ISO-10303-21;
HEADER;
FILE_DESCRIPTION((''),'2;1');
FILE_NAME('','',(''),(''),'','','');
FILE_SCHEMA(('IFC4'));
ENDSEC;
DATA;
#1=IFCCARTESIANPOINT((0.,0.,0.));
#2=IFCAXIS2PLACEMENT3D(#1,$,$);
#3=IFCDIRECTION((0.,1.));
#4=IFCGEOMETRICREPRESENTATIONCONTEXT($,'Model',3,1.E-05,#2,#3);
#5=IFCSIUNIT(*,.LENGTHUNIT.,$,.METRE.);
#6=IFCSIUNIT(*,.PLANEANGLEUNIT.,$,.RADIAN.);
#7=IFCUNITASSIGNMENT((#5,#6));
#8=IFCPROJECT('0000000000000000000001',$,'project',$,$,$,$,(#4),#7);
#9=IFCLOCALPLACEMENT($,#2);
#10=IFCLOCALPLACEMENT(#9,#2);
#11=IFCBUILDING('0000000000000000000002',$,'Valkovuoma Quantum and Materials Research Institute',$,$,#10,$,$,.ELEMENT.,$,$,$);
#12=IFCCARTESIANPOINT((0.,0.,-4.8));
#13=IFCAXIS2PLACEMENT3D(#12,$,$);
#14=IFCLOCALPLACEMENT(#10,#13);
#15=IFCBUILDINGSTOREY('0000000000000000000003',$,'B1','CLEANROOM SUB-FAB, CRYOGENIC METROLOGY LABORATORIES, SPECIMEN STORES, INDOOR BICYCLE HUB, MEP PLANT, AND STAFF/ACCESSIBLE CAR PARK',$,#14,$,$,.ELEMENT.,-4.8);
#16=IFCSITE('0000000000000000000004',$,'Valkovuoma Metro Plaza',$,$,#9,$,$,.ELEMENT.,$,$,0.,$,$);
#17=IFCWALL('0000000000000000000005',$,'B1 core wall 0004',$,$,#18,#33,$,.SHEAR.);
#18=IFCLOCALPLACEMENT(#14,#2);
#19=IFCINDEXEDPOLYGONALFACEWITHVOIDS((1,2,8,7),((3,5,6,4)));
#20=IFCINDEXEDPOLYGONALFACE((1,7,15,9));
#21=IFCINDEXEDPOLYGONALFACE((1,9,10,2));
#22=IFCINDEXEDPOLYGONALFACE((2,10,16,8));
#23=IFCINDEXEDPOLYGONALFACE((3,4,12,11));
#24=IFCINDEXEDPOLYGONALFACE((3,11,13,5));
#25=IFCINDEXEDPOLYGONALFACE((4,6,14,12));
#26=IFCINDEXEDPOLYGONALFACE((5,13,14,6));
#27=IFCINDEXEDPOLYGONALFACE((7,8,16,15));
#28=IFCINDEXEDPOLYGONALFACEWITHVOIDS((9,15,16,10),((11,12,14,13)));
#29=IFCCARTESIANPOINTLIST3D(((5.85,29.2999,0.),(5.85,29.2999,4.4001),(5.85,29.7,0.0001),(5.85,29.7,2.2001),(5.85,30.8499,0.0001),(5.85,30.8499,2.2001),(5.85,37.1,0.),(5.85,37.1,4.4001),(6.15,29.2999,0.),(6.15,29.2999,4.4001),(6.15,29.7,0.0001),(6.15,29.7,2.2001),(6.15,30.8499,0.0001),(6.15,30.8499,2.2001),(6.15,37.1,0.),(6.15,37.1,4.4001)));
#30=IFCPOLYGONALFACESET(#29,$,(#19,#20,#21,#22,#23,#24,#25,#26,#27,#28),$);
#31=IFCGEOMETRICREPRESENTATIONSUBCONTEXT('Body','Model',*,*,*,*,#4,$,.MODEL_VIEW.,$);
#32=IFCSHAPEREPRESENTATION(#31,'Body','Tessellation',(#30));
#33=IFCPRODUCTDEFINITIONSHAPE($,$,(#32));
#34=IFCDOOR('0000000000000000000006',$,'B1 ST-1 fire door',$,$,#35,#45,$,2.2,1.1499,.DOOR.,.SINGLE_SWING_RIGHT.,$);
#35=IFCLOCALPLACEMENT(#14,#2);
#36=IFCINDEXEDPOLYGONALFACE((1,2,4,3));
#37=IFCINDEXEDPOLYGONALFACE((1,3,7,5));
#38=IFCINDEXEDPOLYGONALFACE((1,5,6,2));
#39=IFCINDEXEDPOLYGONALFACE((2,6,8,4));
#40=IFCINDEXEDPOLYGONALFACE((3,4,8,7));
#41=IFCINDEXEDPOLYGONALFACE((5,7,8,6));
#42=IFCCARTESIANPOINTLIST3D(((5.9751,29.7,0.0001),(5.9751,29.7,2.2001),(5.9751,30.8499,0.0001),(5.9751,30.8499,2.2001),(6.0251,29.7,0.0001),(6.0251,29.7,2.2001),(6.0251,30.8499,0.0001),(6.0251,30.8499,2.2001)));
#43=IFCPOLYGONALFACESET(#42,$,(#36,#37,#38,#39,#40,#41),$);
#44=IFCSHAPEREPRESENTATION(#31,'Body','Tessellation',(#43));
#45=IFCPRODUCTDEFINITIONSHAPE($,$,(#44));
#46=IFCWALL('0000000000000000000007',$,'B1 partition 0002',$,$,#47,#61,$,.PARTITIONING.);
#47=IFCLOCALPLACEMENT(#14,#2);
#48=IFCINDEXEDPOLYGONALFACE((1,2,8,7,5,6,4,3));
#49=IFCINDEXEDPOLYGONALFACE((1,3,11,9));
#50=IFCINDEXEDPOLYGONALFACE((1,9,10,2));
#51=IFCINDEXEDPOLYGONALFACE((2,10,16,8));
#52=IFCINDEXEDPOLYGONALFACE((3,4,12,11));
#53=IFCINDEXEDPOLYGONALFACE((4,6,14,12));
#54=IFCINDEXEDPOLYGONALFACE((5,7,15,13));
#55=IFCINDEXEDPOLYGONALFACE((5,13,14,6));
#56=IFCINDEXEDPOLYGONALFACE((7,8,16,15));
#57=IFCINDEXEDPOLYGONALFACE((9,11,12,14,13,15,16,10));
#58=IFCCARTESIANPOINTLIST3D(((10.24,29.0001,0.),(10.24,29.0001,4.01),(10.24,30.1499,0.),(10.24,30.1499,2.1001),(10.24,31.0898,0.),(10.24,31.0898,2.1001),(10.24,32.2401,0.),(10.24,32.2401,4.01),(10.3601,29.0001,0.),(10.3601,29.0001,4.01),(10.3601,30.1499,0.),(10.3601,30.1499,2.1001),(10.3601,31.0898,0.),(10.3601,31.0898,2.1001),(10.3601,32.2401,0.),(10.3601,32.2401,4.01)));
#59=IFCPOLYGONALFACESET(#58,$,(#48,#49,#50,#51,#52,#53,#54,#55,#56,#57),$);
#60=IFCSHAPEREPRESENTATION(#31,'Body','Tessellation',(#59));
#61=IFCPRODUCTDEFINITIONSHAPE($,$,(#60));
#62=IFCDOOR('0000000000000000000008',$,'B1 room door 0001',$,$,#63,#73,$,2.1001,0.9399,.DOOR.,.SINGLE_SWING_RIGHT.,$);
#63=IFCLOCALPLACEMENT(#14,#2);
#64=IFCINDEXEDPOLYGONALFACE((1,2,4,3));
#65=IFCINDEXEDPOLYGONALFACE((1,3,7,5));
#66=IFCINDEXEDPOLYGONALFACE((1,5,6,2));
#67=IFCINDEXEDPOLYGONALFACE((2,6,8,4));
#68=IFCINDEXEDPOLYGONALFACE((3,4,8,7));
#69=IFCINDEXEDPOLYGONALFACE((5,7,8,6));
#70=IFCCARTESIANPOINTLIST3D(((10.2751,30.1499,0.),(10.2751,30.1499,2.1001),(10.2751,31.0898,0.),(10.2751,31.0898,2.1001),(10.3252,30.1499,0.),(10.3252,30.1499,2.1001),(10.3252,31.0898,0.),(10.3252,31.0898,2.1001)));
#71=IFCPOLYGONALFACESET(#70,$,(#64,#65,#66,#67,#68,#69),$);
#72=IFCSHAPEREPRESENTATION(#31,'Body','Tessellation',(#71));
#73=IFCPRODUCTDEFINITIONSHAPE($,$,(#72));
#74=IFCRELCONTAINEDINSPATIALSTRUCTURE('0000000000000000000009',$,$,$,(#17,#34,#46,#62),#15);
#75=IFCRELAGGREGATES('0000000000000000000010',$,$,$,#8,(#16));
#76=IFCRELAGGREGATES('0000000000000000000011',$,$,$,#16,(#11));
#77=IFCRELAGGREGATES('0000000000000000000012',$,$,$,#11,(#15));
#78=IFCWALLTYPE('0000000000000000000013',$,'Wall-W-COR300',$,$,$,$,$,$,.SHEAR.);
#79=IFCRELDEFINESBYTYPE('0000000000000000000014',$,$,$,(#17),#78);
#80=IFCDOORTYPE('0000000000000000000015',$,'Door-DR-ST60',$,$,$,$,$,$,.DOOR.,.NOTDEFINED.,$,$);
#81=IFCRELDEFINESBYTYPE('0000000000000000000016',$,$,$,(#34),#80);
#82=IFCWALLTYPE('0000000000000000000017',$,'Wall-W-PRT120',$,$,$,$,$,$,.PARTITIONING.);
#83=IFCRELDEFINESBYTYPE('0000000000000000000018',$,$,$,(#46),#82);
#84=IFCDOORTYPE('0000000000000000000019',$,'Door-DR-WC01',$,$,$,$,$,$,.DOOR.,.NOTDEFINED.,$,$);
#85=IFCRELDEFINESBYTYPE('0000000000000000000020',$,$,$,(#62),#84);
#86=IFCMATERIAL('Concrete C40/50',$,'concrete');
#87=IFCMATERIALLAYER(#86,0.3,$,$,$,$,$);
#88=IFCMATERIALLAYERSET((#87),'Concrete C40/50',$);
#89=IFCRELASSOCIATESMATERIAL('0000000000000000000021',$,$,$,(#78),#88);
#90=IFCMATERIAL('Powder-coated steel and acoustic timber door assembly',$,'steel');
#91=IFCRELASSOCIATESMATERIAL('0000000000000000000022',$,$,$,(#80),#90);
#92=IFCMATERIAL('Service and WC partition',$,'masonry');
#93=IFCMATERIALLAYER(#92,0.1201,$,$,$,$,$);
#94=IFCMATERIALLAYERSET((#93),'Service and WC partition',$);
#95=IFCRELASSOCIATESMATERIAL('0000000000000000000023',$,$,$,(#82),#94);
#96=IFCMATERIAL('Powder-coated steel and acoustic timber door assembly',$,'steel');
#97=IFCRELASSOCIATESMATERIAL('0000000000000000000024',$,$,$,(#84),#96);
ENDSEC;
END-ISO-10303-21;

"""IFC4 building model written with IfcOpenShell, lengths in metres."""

from ifc_helpers import new_model, si_unit, direction, frame, frame_2d, origin, place, context, subcontext, project, spatial, rectangle, extrude, material, layer, layer_set, type_object, element, fill, save


model = new_model("IFC4")

# Units and contexts
model_context = context("Model", 3, precision=1e-05, world=origin(), true_north=direction((0.0, 1.0)))
body_context = subcontext(model_context, "Body", "Model", "MODEL_VIEW")
ifc_project = project(units=[si_unit("LENGTHUNIT", "METRE"), si_unit("PLANEANGLEUNIT", "RADIAN")], contexts=[model_context])

# Site, building, storey
site_placement = place(None, origin())
site = spatial("IfcSite", under=ifc_project, at=site_placement, Name="Valkovuoma Metro Plaza", CompositionType="ELEMENT", RefElevation=0.0)
building_placement = place(site_placement, origin())
building = spatial("IfcBuilding", under=site, at=building_placement, Name="Valkovuoma Quantum and Materials Research Institute", CompositionType="ELEMENT")
storey_placement = place(building_placement, frame((0.0, 0.0, -4.8)))
storey = spatial("IfcBuildingStorey", under=building, at=storey_placement, Name="B1", Description="CLEANROOM SUB-FAB, CRYOGENIC METROLOGY LABORATORIES, SPECIMEN STORES, INDOOR BICYCLE HUB, MEP PLANT, AND STAFF/ACCESSIBLE CAR PARK", CompositionType="ELEMENT", Elevation=-4.8)

# Walls, openings, doors
ifc_material_1 = material(Name="Concrete C40/50", Category="concrete")
ifc_layer_1 = layer(ifc_material_1, 0.3)
ifc_layer_set_1 = layer_set([ifc_layer_1], Name="Concrete C40/50")
wall_type_1 = type_object("IfcWallType", Name="Wall-W-COR300", PredefinedType="SHEAR", material=ifc_layer_set_1)
wall_1_placement = place(storey_placement, frame((6.0, 29.3, 0.0), z_axis=(0.0, 0.0, 1.0), x_axis=(0.0, 1.0, 0.0)))
wall_1 = element("IfcWall", 1, at=wall_1_placement, inside=storey, type_object=wall_type_1, Name="B1 core wall 0004", PredefinedType="SHEAR", context=body_context, shape_type="SweptSolid", body=[
    extrude(rectangle(XDim=7.8, YDim=0.3, at=frame_2d((3.8999, 0.0))), origin(), (0.0, 0.0, 1.0), 4.4001),
])
opening_1_placement = place(wall_1_placement, frame((0.3999, 0.0, 0.0)))
opening_1 = element("IfcOpeningElement", 2, at=opening_1_placement, cuts=wall_1, PredefinedType="OPENING", context=body_context, shape_type="SweptSolid", body=[
    extrude(rectangle(XDim=1.1499, YDim=2.2, at=frame_2d((0.575, 1.1001))), frame((0.0, 0.1602, 0.0), z_axis=(0.0, -1.0, 0.0), x_axis=(1.0, 0.0, 0.0)), (0.0, 0.0, 1.0), 0.3201),
])
ifc_material_2 = material(Name="Powder-coated steel and acoustic timber door assembly", Category="steel")
door_type_1 = type_object("IfcDoorType", Name="Door-DR-ST60", OperationType="NOTDEFINED", PredefinedType="DOOR", material=ifc_material_2)
door_1_placement = place(opening_1_placement, origin())
door_1 = element("IfcDoor", 3, at=door_1_placement, inside=storey, type_object=door_type_1, Name="B1 ST-1 fire door", OperationType="SINGLE_SWING_RIGHT", OverallHeight=2.2, OverallWidth=1.1499, PredefinedType="DOOR", context=body_context, shape_type="SweptSolid", body=[
    extrude(rectangle(XDim=1.1499, YDim=2.2, at=frame_2d((0.575, 1.1001))), frame((0.0, 0.0249, 0.0), z_axis=(0.0, -1.0, 0.0), x_axis=(1.0, 0.0, 0.0)), (0.0, 0.0, 1.0), 0.05),
])
fill(opening_1, door_1)
ifc_material_3 = material(Name="Service and WC partition", Category="masonry")
ifc_layer_2 = layer(ifc_material_3, 0.1201)
ifc_layer_set_2 = layer_set([ifc_layer_2], Name="Service and WC partition")
wall_type_2 = type_object("IfcWallType", Name="Wall-W-PRT120", PredefinedType="PARTITIONING", material=ifc_layer_set_2)
wall_2_placement = place(storey_placement, frame((10.3, 29.0, 0.0), z_axis=(0.0, 0.0, 1.0), x_axis=(0.0, 1.0, 0.0)))
wall_2 = element("IfcWall", 4, at=wall_2_placement, inside=storey, type_object=wall_type_2, Name="B1 partition 0002", PredefinedType="PARTITIONING", context=body_context, shape_type="SweptSolid", body=[
    extrude(rectangle(XDim=3.24, YDim=0.1201, at=frame_2d((1.6201, 0.0))), origin(), (0.0, 0.0, 1.0), 4.01),
])
opening_2_placement = place(wall_2_placement, frame((1.1499, 0.0, 0.0)))
opening_2 = element("IfcOpeningElement", 5, at=opening_2_placement, cuts=wall_2, PredefinedType="OPENING", context=body_context, shape_type="SweptSolid", body=[
    extrude(rectangle(XDim=0.9399, YDim=2.1001, at=frame_2d((0.47, 1.05))), frame((0.0, 0.0701, 0.0), z_axis=(0.0, -1.0, 0.0), x_axis=(1.0, 0.0, 0.0)), (0.0, 0.0, 1.0), 0.1401),
])
ifc_material_4 = material(Name="Powder-coated steel and acoustic timber door assembly", Category="steel")
door_type_2 = type_object("IfcDoorType", Name="Door-DR-WC01", OperationType="NOTDEFINED", PredefinedType="DOOR", material=ifc_material_4)
door_2_placement = place(opening_2_placement, origin())
door_2 = element("IfcDoor", 6, at=door_2_placement, inside=storey, type_object=door_type_2, Name="B1 room door 0001", OperationType="SINGLE_SWING_RIGHT", OverallHeight=2.1001, OverallWidth=0.9399, PredefinedType="DOOR", context=body_context, shape_type="SweptSolid", body=[
    extrude(rectangle(XDim=0.9399, YDim=2.1001, at=frame_2d((0.47, 1.05))), frame((0.0, 0.0249, 0.0), z_axis=(0.0, -1.0, 0.0), x_axis=(1.0, 0.0, 0.0)), (0.0, 0.0, 1.0), 0.05),
])
fill(opening_2, door_2)

save(model, "model.ifc")
